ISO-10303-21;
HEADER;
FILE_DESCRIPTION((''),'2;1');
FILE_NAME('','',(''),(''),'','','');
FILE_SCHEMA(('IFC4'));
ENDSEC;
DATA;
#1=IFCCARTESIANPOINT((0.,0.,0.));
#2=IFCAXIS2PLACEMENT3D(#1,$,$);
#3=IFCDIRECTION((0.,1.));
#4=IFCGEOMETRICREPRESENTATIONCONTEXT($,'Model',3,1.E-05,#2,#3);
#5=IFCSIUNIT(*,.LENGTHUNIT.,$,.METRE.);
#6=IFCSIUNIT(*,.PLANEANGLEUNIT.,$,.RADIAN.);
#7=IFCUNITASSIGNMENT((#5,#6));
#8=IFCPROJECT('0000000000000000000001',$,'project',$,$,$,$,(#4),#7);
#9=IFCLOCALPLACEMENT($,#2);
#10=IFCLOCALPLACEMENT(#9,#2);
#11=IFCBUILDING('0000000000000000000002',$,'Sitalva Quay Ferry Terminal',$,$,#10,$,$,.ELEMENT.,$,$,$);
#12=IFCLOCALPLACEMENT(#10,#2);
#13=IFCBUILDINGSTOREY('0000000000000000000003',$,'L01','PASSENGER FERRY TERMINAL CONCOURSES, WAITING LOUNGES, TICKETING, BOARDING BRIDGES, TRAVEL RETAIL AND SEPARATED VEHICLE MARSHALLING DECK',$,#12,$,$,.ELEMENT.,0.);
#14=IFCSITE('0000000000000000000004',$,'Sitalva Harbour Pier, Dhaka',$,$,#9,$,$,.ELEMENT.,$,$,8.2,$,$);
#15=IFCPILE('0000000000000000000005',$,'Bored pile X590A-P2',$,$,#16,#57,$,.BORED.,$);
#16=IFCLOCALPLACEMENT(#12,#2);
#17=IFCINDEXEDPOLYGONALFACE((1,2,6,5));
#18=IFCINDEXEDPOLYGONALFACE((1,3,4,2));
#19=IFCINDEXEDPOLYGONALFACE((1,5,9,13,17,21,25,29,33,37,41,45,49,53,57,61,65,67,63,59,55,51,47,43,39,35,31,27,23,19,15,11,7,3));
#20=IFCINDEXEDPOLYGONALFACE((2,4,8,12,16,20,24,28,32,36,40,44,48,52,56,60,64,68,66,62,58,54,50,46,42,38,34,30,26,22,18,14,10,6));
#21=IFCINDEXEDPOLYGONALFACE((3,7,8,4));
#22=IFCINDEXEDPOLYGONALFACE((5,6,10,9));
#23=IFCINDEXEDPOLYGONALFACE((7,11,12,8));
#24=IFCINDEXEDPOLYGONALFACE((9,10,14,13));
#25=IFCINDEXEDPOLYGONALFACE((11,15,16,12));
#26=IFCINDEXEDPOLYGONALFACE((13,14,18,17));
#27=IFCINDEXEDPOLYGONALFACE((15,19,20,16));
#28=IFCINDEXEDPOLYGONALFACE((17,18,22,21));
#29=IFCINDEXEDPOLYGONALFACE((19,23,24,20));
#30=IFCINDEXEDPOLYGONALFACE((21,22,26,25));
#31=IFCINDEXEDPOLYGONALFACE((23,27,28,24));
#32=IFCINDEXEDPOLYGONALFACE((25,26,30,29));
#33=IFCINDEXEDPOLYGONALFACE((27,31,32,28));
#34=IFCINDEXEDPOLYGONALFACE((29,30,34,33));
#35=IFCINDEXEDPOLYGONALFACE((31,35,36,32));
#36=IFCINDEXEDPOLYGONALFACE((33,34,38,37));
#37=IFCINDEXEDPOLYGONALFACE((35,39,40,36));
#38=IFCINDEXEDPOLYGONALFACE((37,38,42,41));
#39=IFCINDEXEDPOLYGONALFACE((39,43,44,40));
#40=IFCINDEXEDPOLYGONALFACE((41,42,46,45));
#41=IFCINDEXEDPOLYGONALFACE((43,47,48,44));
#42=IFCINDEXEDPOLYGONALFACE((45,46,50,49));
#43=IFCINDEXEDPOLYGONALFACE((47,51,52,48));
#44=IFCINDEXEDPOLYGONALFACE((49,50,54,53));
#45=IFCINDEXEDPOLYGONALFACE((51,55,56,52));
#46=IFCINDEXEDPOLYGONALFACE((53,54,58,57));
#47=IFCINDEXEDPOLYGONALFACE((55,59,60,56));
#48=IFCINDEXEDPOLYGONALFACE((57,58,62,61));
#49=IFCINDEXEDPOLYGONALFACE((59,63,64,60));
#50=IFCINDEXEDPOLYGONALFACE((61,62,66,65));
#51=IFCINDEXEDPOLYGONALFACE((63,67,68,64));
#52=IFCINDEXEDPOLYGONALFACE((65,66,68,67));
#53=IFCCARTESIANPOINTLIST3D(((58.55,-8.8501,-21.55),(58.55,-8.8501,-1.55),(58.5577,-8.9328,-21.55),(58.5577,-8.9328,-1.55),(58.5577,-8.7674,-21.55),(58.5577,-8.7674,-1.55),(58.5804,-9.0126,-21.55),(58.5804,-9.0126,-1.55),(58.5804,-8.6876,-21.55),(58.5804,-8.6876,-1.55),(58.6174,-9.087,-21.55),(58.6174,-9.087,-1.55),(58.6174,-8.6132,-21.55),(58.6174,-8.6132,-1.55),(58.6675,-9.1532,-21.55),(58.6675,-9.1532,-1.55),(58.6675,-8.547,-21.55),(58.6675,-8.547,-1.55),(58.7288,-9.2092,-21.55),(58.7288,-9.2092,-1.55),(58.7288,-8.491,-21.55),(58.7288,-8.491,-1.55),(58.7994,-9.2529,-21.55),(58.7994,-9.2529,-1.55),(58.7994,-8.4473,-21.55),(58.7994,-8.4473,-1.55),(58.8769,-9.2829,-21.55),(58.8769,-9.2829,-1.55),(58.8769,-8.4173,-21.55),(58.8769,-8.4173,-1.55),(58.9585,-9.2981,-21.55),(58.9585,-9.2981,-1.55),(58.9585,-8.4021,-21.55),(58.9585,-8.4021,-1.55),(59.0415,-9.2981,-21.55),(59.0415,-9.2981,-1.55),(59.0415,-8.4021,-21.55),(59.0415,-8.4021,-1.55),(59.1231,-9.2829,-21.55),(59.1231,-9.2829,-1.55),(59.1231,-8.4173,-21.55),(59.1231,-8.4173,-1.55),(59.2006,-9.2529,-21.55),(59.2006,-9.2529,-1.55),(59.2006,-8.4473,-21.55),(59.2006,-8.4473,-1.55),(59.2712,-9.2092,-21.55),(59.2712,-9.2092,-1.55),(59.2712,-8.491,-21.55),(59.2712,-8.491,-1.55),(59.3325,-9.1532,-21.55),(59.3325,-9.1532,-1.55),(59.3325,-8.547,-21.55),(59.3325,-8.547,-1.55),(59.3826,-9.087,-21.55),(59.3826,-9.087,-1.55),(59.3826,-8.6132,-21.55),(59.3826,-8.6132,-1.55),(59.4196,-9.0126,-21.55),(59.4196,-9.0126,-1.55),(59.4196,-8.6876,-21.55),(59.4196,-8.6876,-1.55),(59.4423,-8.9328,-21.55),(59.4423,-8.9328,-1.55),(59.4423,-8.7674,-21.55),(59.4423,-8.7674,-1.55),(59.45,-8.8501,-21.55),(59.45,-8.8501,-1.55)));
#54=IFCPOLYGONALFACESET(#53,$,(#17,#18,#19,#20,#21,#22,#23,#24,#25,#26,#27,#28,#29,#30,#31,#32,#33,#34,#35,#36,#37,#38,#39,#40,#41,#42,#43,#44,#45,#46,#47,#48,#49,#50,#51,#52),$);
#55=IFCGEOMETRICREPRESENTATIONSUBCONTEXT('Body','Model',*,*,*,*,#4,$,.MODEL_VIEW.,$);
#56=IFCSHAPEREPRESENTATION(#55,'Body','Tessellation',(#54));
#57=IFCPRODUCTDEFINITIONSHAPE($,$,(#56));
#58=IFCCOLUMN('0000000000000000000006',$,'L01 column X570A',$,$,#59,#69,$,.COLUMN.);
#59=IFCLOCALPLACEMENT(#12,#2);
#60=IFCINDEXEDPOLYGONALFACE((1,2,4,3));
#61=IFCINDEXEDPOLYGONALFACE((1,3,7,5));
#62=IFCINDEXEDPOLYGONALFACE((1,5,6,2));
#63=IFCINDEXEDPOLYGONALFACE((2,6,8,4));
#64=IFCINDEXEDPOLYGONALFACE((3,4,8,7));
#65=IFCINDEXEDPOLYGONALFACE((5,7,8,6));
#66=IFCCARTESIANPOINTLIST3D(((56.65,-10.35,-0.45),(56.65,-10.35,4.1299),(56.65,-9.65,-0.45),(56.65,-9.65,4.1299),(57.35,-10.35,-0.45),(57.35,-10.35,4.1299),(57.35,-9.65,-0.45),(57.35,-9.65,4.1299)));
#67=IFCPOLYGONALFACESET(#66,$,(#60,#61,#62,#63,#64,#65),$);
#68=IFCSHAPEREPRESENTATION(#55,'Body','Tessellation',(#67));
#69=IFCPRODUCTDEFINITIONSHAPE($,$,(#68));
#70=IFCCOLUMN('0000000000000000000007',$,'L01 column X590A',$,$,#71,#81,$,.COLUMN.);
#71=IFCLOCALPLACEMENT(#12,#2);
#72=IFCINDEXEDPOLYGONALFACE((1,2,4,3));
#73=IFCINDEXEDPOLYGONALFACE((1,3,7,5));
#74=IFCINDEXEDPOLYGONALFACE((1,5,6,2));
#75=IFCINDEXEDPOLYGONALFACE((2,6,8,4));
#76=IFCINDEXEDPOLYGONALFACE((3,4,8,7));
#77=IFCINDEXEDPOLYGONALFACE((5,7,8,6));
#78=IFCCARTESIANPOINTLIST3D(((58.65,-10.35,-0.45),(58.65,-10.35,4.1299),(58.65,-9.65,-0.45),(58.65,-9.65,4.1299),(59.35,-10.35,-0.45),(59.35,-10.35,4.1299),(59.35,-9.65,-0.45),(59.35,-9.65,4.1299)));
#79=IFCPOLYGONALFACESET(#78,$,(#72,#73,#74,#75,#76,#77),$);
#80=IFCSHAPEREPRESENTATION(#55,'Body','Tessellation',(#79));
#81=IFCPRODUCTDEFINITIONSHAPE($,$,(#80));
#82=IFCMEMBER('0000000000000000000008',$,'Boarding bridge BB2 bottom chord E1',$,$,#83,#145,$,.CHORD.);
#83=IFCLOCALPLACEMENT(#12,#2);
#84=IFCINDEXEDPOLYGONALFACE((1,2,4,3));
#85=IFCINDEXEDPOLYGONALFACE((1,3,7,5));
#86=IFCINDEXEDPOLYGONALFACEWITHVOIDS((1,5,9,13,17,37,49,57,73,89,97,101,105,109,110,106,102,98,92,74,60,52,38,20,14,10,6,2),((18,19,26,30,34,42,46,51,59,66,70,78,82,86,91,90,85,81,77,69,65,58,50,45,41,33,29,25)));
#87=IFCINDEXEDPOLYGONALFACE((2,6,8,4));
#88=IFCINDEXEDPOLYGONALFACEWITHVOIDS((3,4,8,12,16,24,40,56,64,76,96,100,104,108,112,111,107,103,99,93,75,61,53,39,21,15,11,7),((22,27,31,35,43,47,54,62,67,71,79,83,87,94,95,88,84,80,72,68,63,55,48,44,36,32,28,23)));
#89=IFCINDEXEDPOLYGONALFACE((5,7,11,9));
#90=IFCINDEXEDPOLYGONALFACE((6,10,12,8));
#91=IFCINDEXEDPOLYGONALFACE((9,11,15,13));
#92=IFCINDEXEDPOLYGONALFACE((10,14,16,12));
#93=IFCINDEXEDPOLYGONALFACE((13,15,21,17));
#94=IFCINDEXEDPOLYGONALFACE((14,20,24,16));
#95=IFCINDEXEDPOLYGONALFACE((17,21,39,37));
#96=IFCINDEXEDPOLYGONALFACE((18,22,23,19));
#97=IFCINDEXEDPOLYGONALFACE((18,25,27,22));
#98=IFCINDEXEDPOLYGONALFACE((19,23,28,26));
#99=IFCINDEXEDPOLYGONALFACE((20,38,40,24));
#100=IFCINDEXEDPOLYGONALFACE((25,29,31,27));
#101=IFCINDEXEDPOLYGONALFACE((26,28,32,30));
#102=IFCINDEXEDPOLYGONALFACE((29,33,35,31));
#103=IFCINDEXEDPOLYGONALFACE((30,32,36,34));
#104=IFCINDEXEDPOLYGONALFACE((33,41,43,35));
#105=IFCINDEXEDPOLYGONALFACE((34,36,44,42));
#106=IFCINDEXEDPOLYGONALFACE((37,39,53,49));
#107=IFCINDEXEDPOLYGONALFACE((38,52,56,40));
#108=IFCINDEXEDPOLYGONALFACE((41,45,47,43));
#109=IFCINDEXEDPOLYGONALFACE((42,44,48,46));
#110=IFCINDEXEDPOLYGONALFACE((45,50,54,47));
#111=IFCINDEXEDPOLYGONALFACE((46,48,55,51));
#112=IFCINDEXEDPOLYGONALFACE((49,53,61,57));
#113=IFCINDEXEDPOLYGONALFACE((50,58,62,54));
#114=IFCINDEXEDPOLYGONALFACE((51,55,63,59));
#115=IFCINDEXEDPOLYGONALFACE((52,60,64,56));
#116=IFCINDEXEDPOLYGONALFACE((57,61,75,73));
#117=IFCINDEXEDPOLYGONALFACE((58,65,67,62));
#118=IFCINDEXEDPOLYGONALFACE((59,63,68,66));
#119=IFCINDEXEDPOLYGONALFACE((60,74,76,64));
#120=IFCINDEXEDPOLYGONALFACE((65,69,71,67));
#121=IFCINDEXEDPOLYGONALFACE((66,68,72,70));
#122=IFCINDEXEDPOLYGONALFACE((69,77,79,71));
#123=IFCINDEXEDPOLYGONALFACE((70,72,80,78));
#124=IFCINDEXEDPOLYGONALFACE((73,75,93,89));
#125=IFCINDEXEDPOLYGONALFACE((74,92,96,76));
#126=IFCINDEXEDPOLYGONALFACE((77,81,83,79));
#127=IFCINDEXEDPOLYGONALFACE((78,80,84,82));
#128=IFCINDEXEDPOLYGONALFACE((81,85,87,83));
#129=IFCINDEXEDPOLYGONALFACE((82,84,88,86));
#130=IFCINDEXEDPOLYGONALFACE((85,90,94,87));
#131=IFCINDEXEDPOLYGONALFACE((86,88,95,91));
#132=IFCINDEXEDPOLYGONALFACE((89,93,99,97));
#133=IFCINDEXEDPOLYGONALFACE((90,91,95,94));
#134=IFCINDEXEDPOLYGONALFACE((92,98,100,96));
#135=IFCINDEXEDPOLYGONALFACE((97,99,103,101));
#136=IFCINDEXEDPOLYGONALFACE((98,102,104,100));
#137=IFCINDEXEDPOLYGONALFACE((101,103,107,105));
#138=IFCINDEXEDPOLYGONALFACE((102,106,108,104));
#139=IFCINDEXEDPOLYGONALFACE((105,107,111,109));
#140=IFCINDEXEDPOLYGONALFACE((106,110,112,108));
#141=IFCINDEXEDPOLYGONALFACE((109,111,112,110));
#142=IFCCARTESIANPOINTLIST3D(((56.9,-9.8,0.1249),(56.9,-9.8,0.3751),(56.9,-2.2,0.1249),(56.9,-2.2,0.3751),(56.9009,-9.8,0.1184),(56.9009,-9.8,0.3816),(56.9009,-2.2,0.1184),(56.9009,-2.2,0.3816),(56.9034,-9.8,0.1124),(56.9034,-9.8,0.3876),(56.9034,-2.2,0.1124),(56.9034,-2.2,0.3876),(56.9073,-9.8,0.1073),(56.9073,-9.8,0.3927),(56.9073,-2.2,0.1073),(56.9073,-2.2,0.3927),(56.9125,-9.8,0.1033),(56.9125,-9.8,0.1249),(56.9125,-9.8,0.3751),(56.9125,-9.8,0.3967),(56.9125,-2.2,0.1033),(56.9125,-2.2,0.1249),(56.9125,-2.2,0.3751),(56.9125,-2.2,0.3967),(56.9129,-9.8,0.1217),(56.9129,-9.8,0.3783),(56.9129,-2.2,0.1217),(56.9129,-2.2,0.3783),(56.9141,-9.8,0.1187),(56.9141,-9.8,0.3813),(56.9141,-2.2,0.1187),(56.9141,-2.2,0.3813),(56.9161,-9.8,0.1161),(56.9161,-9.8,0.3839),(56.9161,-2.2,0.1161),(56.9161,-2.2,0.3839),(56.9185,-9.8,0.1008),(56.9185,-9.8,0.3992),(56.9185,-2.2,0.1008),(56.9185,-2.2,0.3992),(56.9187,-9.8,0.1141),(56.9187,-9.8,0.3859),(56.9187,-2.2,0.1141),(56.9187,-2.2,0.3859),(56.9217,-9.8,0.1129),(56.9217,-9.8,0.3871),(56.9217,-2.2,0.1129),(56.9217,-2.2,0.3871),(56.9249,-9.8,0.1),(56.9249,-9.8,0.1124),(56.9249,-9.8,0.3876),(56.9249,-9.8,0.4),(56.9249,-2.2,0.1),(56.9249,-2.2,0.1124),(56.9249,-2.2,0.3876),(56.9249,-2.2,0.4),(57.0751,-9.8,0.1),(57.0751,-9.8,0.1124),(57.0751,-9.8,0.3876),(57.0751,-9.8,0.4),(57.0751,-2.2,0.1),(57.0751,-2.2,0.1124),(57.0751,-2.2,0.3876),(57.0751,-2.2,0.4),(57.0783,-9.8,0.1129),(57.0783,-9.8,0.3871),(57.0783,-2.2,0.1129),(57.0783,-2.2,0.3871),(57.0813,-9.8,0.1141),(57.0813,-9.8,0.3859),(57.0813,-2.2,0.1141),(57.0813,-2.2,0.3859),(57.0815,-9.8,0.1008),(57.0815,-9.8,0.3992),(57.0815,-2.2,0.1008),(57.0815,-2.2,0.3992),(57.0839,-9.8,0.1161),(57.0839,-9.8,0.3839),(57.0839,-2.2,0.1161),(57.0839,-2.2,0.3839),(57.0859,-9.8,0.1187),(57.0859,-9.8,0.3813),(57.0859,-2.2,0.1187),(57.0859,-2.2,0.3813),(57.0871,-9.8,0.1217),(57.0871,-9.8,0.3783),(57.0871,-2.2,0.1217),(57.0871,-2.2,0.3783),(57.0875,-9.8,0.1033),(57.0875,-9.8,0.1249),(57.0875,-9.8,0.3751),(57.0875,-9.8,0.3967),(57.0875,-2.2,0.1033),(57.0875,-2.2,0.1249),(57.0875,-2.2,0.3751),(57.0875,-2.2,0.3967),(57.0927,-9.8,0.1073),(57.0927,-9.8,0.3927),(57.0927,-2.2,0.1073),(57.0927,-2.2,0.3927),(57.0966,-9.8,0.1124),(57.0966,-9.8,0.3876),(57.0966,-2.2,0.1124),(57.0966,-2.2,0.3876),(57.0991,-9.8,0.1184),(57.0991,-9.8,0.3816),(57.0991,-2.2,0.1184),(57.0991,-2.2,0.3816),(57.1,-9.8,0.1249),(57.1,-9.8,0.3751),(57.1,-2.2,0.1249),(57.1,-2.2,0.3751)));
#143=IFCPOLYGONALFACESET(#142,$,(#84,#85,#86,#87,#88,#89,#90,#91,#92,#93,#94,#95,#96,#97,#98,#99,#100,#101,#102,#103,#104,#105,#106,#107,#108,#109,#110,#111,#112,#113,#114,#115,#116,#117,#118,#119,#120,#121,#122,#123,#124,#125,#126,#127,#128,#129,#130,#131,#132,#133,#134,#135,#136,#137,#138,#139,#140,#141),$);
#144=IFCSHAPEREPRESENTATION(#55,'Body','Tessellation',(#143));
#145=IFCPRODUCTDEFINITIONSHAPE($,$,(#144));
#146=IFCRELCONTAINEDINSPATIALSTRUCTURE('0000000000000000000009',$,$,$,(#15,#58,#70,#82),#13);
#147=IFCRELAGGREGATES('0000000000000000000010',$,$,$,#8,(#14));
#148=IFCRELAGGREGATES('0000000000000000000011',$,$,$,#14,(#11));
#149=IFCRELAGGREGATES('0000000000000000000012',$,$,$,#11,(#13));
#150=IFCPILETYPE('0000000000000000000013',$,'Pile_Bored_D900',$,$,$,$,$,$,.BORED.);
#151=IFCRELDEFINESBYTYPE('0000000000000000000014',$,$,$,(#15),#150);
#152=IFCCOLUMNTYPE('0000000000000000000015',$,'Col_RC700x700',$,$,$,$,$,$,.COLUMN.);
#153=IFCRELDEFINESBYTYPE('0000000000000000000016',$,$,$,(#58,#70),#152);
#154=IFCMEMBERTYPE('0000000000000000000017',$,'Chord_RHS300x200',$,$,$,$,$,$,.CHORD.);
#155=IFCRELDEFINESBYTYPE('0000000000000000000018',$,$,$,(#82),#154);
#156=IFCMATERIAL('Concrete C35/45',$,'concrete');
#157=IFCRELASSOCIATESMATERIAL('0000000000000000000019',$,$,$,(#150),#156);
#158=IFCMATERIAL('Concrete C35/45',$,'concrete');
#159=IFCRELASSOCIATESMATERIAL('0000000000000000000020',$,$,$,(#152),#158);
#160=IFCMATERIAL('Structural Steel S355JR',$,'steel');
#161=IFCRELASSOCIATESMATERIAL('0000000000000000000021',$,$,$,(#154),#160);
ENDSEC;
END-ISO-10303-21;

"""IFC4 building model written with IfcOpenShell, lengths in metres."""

from ifc_helpers import new_model, si_unit, direction, frame, origin, origin_2d, place, context, subcontext, project, spatial, rectangle, hollow_rectangle, circle, extrude, material, material_profile, profile_set, type_object, element, save


model = new_model("IFC4")

# Units and contexts
model_context = context("Model", 3, precision=1e-05, world=origin(), true_north=direction((0.0, 1.0)))
body_context = subcontext(model_context, "Body", "Model", "MODEL_VIEW")
ifc_project = project(units=[si_unit("LENGTHUNIT", "METRE"), si_unit("PLANEANGLEUNIT", "RADIAN")], contexts=[model_context])

# Site, building, storey
site_placement = place(None, origin())
site = spatial("IfcSite", under=ifc_project, at=site_placement, Name="Sitalva Harbour Pier, Dhaka", CompositionType="ELEMENT", RefElevation=8.2)
building_placement = place(site_placement, origin())
building = spatial("IfcBuilding", under=site, at=building_placement, Name="Sitalva Quay Ferry Terminal", CompositionType="ELEMENT")
storey_placement = place(building_placement, origin())
storey = spatial("IfcBuildingStorey", under=building, at=storey_placement, Name="L01", Description="PASSENGER FERRY TERMINAL CONCOURSES, WAITING LOUNGES, TICKETING, BOARDING BRIDGES, TRAVEL RETAIL AND SEPARATED VEHICLE MARSHALLING DECK", CompositionType="ELEMENT", Elevation=0.0)

# Pile
ifc_material_1 = material(Name="Concrete C35/45", Category="concrete")
ifc_material_profile_1 = material_profile(ifc_material_1, circle(Radius=0.45, at=origin_2d()), Name="PILE-D900")
ifc_profile_set_1 = profile_set([ifc_material_profile_1], Name="Concrete C35/45")
pile_type = type_object("IfcPileType", Name="Pile_Bored_D900", PredefinedType="BORED", material=ifc_profile_set_1)
for number, where, z_axis, x_axis, name in (
    (1, (59.0, -8.8501, -1.55), (0.0, 0.0, -1.0), (1.0, 0.0, 0.0), "Bored pile X590A-P2"),
):
    element("IfcPile", number, at=place(storey_placement, frame(where, z_axis=z_axis, x_axis=x_axis)), inside=storey, type_object=pile_type, Name=name, PredefinedType="BORED", context=body_context, shape_type="SweptSolid", body=[
        extrude(circle(Radius=0.45, at=origin_2d()), origin(), (0.0, 0.0, 1.0), 20.0),
    ])

# Columns
ifc_material_2 = material(Name="Concrete C35/45", Category="concrete")
ifc_material_profile_2 = material_profile(ifc_material_2, rectangle(XDim=0.7, YDim=0.7, at=origin_2d()), Name="RC700x700")
ifc_profile_set_2 = profile_set([ifc_material_profile_2], Name="Concrete C35/45")
column_type = type_object("IfcColumnType", Name="Col_RC700x700", PredefinedType="COLUMN", material=ifc_profile_set_2)
for number, where, z_axis, x_axis, name in (
    (2, (57.0, -10.0, -0.45), (0.0, 0.0, 1.0), (1.0, 0.0, 0.0), "L01 column X570A"),
    (3, (59.0, -10.0, -0.45), (0.0, 0.0, 1.0), (1.0, 0.0, 0.0), "L01 column X590A"),
):
    element("IfcColumn", number, at=place(storey_placement, frame(where, z_axis=z_axis, x_axis=x_axis)), inside=storey, type_object=column_type, Name=name, PredefinedType="COLUMN", context=body_context, shape_type="SweptSolid", body=[
        extrude(rectangle(XDim=0.7, YDim=0.7, at=origin_2d()), origin(), (0.0, 0.0, 1.0), 4.5798),
    ])

# Member
ifc_material_3 = material(Name="Structural Steel S355JR", Category="steel")
ifc_material_profile_3 = material_profile(ifc_material_3, hollow_rectangle(XDim=0.2, YDim=0.3, WallThickness=0.0125, InnerFilletRadius=0.0125, OuterFilletRadius=0.0249, at=origin_2d()), Name="RHS300x200x12.5")
ifc_profile_set_3 = profile_set([ifc_material_profile_3], Name="Structural Steel S355JR")
member_type_1 = type_object("IfcMemberType", Name="Chord_RHS300x200", PredefinedType="CHORD", material=ifc_profile_set_3)
for number, where, z_axis, x_axis, name in (
    (4, (57.0, -9.8, 0.25), (0.0, 1.0, 0.0), (-1.0, 0.0, 0.0), "Boarding bridge BB2 bottom chord E1"),
):
    element("IfcMember", number, at=place(storey_placement, frame(where, z_axis=z_axis, x_axis=x_axis)), inside=storey, type_object=member_type_1, Name=name, PredefinedType="CHORD", context=body_context, shape_type="SweptSolid", body=[
        extrude(hollow_rectangle(XDim=0.2, YDim=0.3, WallThickness=0.0125, InnerFilletRadius=0.0125, OuterFilletRadius=0.0249, at=origin_2d()), origin(), (0.0, 0.0, 1.0), 7.6001),
    ])

save(model, "model.ifc")
